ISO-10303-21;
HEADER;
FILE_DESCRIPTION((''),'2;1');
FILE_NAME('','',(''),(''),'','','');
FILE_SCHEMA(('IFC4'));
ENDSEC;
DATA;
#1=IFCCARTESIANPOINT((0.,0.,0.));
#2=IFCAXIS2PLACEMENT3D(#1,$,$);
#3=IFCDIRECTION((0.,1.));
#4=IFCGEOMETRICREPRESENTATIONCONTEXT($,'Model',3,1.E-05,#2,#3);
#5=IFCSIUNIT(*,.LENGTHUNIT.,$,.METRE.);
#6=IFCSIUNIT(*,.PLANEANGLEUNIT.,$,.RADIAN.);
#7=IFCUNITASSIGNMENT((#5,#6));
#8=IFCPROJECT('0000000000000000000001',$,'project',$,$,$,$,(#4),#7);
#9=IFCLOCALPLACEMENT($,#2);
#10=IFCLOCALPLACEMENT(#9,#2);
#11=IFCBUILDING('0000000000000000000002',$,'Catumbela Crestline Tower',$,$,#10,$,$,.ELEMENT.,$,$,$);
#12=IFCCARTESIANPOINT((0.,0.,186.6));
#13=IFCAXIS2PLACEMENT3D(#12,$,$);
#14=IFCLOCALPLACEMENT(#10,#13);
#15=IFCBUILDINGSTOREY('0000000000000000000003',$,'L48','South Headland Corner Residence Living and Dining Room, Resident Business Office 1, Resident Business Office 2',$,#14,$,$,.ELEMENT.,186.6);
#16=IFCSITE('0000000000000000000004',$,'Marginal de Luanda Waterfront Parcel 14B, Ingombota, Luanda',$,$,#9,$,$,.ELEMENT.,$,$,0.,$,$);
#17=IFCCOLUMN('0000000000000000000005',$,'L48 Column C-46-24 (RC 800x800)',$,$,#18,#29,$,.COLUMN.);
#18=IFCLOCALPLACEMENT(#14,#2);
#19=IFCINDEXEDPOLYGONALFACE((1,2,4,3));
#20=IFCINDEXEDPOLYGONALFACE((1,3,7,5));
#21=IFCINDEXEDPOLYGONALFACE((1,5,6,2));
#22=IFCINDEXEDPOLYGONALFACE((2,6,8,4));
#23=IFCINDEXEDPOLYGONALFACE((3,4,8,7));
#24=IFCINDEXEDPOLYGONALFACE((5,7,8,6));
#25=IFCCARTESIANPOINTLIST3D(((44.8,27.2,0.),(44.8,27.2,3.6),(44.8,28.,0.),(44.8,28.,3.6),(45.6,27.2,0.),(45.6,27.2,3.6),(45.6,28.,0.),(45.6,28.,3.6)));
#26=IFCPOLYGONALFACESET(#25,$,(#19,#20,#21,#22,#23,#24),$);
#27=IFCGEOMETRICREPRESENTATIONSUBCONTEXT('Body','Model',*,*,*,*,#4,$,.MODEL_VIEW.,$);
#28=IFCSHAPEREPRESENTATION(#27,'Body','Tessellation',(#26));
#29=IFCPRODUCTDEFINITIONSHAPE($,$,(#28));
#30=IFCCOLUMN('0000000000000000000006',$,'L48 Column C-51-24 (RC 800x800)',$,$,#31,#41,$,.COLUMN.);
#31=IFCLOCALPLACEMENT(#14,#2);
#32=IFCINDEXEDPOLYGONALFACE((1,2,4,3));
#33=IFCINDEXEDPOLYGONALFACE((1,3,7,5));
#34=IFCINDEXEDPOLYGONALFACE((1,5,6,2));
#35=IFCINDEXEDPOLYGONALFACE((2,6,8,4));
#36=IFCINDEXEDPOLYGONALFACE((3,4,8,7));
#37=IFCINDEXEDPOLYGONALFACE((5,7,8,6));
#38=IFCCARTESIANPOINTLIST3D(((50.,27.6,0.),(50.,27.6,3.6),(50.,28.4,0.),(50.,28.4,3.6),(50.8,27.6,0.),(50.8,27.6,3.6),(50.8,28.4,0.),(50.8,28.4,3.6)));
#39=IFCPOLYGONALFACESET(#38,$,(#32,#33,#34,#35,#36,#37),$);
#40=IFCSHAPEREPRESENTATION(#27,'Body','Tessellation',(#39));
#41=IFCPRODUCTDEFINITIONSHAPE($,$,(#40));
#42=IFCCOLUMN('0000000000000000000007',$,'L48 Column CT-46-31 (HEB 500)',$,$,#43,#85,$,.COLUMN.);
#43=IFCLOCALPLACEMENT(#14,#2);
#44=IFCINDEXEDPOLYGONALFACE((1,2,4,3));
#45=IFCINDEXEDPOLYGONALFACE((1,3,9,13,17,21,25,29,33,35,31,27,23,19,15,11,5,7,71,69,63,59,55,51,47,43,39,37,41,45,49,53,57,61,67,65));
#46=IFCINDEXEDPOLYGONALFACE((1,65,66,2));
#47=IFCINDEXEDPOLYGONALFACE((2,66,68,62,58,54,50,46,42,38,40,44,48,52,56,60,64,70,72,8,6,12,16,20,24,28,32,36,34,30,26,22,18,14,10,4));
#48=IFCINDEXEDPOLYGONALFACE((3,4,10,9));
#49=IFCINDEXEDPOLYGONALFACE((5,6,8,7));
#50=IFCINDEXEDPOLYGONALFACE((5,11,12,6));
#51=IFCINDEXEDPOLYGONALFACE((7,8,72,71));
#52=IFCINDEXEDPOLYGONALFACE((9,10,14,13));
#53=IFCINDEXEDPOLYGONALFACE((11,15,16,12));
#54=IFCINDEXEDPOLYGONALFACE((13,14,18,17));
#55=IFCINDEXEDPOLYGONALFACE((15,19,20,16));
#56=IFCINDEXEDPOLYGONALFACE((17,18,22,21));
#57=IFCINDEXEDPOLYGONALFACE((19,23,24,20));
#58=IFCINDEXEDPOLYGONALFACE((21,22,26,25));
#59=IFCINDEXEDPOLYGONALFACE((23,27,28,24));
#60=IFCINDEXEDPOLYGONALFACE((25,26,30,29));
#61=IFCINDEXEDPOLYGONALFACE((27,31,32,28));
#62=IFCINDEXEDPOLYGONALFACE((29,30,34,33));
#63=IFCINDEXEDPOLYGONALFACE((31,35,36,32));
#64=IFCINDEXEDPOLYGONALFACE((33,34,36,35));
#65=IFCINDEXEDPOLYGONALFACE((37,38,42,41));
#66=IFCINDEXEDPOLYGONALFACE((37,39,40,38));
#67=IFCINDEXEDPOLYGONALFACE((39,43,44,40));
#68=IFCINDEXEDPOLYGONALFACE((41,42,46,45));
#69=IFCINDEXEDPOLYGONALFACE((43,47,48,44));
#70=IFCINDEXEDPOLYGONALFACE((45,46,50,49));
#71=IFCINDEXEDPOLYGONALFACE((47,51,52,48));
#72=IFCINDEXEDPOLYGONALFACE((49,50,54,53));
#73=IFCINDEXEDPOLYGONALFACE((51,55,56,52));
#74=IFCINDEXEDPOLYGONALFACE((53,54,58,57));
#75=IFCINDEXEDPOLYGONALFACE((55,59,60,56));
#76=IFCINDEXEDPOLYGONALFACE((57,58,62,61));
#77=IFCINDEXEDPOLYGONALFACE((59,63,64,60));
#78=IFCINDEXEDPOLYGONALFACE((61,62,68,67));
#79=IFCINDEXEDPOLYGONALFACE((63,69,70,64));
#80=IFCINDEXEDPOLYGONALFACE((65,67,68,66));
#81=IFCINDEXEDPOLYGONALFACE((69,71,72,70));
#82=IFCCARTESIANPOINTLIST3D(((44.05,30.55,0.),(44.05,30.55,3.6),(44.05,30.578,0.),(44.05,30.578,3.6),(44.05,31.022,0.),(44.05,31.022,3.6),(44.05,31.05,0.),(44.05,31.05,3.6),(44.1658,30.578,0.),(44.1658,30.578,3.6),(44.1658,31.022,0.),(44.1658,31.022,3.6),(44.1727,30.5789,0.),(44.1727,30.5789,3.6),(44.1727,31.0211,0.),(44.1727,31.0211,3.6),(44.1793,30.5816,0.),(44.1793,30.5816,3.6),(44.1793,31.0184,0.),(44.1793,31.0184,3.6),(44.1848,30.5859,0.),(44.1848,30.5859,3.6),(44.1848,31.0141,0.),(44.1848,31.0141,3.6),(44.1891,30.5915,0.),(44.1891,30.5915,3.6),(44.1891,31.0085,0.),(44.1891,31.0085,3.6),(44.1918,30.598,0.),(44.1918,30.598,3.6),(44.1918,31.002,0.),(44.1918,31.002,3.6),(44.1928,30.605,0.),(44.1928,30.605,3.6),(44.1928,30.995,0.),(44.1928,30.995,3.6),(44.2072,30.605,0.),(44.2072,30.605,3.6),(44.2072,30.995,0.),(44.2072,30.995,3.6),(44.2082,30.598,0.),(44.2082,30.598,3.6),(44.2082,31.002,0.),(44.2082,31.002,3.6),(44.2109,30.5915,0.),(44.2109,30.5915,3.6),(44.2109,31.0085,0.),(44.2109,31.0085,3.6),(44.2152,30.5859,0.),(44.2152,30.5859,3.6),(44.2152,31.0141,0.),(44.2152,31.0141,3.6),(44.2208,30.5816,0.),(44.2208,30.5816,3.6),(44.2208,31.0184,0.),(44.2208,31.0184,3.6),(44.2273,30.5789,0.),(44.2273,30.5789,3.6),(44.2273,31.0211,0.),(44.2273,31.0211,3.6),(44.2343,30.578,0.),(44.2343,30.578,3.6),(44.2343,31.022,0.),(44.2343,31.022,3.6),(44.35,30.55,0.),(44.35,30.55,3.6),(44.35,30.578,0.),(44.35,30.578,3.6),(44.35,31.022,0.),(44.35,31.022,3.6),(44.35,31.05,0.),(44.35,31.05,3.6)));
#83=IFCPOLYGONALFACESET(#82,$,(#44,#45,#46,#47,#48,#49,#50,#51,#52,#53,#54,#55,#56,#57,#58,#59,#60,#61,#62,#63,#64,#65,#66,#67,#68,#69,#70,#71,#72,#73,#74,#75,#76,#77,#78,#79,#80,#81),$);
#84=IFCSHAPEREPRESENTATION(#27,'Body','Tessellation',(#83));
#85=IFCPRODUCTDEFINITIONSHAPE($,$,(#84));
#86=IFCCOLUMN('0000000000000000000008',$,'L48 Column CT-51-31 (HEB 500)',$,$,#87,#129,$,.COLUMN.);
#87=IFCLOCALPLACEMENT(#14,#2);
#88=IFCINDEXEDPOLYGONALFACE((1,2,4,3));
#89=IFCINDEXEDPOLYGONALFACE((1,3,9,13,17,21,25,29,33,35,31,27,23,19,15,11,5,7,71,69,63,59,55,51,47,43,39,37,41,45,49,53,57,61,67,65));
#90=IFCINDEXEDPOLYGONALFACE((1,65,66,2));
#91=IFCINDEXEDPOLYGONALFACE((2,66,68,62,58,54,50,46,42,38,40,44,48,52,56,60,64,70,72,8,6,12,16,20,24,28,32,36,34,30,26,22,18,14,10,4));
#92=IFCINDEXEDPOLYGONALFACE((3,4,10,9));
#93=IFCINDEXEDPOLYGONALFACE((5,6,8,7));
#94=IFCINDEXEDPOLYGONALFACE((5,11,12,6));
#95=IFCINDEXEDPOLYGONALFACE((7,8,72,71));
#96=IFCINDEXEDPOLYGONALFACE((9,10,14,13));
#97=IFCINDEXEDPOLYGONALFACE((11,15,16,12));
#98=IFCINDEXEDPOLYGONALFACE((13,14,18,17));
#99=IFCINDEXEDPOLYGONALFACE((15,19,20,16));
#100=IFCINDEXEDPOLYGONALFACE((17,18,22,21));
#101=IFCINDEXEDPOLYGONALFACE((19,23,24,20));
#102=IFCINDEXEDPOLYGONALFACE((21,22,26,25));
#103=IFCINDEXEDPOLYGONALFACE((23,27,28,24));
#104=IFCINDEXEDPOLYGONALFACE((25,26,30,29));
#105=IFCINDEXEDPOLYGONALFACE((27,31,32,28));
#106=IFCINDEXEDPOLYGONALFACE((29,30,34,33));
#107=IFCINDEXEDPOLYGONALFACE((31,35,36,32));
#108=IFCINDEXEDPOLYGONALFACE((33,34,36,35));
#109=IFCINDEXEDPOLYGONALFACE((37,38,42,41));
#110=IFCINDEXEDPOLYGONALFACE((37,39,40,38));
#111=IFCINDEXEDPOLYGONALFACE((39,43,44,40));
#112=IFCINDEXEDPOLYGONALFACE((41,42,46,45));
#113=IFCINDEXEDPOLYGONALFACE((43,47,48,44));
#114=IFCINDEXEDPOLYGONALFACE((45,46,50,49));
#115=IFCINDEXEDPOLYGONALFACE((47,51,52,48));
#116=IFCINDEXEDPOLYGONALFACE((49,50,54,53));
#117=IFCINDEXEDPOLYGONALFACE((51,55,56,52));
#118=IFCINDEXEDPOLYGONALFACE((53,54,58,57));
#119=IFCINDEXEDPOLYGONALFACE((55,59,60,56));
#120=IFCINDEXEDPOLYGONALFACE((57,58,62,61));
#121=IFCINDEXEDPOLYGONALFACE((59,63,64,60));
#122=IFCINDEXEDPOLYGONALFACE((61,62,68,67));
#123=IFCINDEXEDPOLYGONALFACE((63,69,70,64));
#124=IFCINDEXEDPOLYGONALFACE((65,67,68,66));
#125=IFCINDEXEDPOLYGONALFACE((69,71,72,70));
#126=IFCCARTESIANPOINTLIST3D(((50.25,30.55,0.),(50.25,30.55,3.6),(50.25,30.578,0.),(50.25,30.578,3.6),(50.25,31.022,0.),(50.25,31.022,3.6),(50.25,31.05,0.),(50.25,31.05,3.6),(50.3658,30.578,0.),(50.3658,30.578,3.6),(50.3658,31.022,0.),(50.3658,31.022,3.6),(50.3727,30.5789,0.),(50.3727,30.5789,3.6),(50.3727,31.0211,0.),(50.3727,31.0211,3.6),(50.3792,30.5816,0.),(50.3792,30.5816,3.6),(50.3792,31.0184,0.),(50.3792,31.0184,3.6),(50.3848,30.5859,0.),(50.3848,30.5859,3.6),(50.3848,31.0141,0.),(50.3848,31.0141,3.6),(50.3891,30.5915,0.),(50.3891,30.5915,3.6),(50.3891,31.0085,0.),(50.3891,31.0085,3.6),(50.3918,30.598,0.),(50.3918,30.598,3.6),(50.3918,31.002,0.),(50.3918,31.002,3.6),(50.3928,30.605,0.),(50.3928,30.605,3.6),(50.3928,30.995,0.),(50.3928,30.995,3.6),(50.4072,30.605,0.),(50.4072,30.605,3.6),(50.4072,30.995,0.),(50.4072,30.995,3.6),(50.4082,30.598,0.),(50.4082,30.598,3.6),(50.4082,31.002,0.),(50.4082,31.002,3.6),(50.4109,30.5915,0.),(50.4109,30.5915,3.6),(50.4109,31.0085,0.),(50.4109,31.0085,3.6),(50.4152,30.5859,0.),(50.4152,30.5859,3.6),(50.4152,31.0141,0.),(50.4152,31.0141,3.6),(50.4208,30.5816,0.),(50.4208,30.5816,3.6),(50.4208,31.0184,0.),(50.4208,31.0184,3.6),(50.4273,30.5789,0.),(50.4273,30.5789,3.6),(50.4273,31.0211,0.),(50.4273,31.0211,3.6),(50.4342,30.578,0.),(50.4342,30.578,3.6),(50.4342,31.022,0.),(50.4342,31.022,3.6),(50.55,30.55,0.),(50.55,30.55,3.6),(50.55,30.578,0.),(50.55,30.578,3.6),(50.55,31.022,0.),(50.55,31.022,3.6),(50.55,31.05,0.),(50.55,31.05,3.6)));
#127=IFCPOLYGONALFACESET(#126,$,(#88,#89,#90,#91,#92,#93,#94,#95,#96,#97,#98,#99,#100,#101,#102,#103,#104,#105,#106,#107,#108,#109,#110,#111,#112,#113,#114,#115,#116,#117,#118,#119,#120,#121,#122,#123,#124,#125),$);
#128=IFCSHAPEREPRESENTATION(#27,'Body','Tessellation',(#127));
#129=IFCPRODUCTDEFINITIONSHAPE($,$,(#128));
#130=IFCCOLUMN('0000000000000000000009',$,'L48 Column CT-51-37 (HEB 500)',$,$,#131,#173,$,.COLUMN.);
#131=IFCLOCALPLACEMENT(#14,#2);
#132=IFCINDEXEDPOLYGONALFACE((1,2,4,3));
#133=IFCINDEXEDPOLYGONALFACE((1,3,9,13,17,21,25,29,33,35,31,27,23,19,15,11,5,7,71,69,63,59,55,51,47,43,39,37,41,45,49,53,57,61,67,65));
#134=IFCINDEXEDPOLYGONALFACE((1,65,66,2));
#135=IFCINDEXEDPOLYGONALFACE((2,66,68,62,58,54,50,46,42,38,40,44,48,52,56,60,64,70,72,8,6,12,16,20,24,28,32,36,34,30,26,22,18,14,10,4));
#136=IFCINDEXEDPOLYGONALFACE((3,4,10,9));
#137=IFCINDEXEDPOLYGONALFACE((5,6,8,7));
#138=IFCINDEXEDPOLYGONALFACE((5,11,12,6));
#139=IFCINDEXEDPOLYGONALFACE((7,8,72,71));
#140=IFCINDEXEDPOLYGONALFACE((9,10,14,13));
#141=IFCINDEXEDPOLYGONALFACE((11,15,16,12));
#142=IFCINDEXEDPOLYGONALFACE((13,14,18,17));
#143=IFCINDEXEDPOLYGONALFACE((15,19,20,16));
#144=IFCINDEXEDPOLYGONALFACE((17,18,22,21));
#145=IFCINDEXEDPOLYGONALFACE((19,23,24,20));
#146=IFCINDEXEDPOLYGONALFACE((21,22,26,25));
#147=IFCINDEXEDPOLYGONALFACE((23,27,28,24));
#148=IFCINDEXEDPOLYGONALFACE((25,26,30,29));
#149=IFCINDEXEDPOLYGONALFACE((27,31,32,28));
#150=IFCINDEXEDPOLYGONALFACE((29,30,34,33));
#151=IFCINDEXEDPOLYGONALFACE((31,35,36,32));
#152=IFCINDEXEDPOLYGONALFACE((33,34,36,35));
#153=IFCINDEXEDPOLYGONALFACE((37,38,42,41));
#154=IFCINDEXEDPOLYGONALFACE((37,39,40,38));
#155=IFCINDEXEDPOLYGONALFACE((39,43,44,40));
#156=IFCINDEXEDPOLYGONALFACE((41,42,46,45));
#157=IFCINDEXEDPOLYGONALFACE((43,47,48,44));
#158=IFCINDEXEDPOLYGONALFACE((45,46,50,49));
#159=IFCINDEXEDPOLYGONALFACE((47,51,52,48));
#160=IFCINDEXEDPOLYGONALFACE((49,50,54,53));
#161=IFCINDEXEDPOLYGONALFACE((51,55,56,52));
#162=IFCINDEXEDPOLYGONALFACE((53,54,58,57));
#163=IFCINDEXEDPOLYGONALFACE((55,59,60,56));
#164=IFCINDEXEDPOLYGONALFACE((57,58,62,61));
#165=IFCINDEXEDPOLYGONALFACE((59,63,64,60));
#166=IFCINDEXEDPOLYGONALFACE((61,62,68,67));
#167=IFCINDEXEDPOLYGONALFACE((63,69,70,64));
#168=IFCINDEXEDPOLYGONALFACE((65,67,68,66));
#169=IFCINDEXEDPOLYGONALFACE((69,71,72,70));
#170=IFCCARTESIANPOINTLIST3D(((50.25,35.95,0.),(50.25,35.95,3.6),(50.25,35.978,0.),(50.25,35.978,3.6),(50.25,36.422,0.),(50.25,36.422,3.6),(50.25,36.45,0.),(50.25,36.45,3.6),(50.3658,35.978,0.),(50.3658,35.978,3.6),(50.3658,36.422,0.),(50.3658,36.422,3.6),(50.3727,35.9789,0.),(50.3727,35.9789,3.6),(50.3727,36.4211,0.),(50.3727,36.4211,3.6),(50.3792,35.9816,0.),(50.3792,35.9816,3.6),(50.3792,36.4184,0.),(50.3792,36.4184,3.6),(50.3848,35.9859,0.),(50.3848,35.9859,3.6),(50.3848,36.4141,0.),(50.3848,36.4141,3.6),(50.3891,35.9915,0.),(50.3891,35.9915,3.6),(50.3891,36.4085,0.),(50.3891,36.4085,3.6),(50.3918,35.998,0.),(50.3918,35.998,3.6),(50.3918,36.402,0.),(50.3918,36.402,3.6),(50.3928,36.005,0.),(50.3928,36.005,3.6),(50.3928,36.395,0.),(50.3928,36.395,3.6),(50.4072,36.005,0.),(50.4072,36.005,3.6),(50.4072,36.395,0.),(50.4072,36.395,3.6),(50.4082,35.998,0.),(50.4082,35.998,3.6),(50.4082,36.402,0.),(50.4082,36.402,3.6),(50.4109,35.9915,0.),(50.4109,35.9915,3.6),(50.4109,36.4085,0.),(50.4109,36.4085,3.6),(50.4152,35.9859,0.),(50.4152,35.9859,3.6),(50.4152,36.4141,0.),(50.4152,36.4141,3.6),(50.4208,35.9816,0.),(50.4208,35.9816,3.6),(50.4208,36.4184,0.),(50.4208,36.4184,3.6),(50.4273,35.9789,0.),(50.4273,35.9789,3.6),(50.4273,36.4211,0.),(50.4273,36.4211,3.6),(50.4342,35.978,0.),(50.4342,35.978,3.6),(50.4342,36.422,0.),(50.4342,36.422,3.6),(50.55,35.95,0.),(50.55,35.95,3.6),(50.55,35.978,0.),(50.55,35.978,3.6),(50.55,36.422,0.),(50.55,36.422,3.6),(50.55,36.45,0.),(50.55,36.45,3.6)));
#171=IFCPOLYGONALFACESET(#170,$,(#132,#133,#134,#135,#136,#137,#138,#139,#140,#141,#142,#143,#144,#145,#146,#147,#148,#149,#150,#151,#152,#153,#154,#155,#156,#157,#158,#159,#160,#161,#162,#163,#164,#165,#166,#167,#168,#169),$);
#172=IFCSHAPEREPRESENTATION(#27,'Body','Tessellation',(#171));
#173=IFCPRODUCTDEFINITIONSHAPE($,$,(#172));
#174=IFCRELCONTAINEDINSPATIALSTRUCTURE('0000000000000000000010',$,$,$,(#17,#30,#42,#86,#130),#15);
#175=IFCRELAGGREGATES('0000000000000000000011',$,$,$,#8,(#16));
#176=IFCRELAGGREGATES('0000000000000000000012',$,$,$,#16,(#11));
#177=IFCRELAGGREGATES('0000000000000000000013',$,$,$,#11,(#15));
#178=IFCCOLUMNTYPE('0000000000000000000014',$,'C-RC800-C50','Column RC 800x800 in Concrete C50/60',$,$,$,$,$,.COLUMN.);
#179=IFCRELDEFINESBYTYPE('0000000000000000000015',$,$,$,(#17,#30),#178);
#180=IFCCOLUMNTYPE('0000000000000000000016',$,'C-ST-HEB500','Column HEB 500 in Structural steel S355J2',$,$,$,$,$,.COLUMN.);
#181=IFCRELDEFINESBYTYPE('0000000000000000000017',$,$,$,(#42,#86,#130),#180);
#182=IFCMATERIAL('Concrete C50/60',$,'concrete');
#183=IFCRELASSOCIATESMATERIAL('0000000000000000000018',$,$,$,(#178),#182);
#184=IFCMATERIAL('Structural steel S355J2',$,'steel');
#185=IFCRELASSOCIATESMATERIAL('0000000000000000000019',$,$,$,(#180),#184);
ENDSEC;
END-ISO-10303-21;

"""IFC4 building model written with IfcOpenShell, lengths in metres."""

from ifc_helpers import new_model, si_unit, direction, frame, origin, origin_2d, place, context, subcontext, project, spatial, rectangle, i_section, extrude, material, material_profile, profile_set, type_object, element, save


model = new_model("IFC4")

# Units and contexts
model_context = context("Model", 3, precision=1e-05, world=origin(), true_north=direction((0.0, 1.0)))
body_context = subcontext(model_context, "Body", "Model", "MODEL_VIEW")
ifc_project = project(units=[si_unit("LENGTHUNIT", "METRE"), si_unit("PLANEANGLEUNIT", "RADIAN")], contexts=[model_context])

# Site, building, storey
site_placement = place(None, origin())
site = spatial("IfcSite", under=ifc_project, at=site_placement, Name="Marginal de Luanda Waterfront Parcel 14B, Ingombota, Luanda", CompositionType="ELEMENT", RefElevation=0.0)
building_placement = place(site_placement, origin())
building = spatial("IfcBuilding", under=site, at=building_placement, Name="Catumbela Crestline Tower", CompositionType="ELEMENT")
storey_placement = place(building_placement, frame((0.0, 0.0, 186.6)))
storey = spatial("IfcBuildingStorey", under=building, at=storey_placement, Name="L48", Description="South Headland Corner Residence Living and Dining Room, Resident Business Office 1, Resident Business Office 2", CompositionType="ELEMENT", Elevation=186.6)

# Columns
ifc_material_1 = material(Name="Concrete C50/60", Category="concrete")
ifc_material_profile_1 = material_profile(ifc_material_1, rectangle(XDim=0.8, YDim=0.8, at=origin_2d()), Name="RC 800x800")
ifc_profile_set_1 = profile_set([ifc_material_profile_1], Name="Concrete C50/60")
column_type_1 = type_object("IfcColumnType", Name="C-RC800-C50", Description="Column RC 800x800 in Concrete C50/60", PredefinedType="COLUMN", material=ifc_profile_set_1)
for number, where, z_axis, x_axis, name in (
    (1, (45.2, 27.6, 0.0), (0.0, 0.0, 1.0), (1.0, 0.0, 0.0), "L48 Column C-46-24 (RC 800x800)"),
    (2, (50.4, 28.0, 0.0), (0.0, 0.0, 1.0), (1.0, 0.0, 0.0), "L48 Column C-51-24 (RC 800x800)"),
):
    element("IfcColumn", number, at=place(storey_placement, frame(where, z_axis=z_axis, x_axis=x_axis)), inside=storey, type_object=column_type_1, Name=name, PredefinedType="COLUMN", context=body_context, shape_type="SweptSolid", body=[
        extrude(rectangle(XDim=0.8, YDim=0.8, at=origin_2d()), origin(), (0.0, 0.0, 1.0), 3.6),
    ])
ifc_material_2 = material(Name="Structural steel S355J2", Category="steel")
ifc_material_profile_2 = material_profile(ifc_material_2, i_section(OverallWidth=0.3, OverallDepth=0.5, WebThickness=0.0145, FlangeThickness=0.028, FilletRadius=0.027, at=origin_2d()), Name="HEB 500")
ifc_profile_set_2 = profile_set([ifc_material_profile_2], Name="Structural steel S355J2")
column_type_2 = type_object("IfcColumnType", Name="C-ST-HEB500", Description="Column HEB 500 in Structural steel S355J2", PredefinedType="COLUMN", material=ifc_profile_set_2)
for number, where, z_axis, x_axis, name in (
    (3, (44.2, 30.8, 0.0), (0.0, 0.0, 1.0), (1.0, 0.0, 0.0), "L48 Column CT-46-31 (HEB 500)"),
    (4, (50.4, 30.8, 0.0), (0.0, 0.0, 1.0), (1.0, 0.0, 0.0), "L48 Column CT-51-31 (HEB 500)"),
    (5, (50.4, 36.2, 0.0), (0.0, 0.0, 1.0), (1.0, 0.0, 0.0), "L48 Column CT-51-37 (HEB 500)"),
):
    element("IfcColumn", number, at=place(storey_placement, frame(where, z_axis=z_axis, x_axis=x_axis)), inside=storey, type_object=column_type_2, Name=name, PredefinedType="COLUMN", context=body_context, shape_type="SweptSolid", body=[
        extrude(i_section(OverallWidth=0.3, OverallDepth=0.5, WebThickness=0.0145, FlangeThickness=0.028, FilletRadius=0.027, at=origin_2d()), origin(), (0.0, 0.0, 1.0), 3.6),
    ])

save(model, "model.ifc")
